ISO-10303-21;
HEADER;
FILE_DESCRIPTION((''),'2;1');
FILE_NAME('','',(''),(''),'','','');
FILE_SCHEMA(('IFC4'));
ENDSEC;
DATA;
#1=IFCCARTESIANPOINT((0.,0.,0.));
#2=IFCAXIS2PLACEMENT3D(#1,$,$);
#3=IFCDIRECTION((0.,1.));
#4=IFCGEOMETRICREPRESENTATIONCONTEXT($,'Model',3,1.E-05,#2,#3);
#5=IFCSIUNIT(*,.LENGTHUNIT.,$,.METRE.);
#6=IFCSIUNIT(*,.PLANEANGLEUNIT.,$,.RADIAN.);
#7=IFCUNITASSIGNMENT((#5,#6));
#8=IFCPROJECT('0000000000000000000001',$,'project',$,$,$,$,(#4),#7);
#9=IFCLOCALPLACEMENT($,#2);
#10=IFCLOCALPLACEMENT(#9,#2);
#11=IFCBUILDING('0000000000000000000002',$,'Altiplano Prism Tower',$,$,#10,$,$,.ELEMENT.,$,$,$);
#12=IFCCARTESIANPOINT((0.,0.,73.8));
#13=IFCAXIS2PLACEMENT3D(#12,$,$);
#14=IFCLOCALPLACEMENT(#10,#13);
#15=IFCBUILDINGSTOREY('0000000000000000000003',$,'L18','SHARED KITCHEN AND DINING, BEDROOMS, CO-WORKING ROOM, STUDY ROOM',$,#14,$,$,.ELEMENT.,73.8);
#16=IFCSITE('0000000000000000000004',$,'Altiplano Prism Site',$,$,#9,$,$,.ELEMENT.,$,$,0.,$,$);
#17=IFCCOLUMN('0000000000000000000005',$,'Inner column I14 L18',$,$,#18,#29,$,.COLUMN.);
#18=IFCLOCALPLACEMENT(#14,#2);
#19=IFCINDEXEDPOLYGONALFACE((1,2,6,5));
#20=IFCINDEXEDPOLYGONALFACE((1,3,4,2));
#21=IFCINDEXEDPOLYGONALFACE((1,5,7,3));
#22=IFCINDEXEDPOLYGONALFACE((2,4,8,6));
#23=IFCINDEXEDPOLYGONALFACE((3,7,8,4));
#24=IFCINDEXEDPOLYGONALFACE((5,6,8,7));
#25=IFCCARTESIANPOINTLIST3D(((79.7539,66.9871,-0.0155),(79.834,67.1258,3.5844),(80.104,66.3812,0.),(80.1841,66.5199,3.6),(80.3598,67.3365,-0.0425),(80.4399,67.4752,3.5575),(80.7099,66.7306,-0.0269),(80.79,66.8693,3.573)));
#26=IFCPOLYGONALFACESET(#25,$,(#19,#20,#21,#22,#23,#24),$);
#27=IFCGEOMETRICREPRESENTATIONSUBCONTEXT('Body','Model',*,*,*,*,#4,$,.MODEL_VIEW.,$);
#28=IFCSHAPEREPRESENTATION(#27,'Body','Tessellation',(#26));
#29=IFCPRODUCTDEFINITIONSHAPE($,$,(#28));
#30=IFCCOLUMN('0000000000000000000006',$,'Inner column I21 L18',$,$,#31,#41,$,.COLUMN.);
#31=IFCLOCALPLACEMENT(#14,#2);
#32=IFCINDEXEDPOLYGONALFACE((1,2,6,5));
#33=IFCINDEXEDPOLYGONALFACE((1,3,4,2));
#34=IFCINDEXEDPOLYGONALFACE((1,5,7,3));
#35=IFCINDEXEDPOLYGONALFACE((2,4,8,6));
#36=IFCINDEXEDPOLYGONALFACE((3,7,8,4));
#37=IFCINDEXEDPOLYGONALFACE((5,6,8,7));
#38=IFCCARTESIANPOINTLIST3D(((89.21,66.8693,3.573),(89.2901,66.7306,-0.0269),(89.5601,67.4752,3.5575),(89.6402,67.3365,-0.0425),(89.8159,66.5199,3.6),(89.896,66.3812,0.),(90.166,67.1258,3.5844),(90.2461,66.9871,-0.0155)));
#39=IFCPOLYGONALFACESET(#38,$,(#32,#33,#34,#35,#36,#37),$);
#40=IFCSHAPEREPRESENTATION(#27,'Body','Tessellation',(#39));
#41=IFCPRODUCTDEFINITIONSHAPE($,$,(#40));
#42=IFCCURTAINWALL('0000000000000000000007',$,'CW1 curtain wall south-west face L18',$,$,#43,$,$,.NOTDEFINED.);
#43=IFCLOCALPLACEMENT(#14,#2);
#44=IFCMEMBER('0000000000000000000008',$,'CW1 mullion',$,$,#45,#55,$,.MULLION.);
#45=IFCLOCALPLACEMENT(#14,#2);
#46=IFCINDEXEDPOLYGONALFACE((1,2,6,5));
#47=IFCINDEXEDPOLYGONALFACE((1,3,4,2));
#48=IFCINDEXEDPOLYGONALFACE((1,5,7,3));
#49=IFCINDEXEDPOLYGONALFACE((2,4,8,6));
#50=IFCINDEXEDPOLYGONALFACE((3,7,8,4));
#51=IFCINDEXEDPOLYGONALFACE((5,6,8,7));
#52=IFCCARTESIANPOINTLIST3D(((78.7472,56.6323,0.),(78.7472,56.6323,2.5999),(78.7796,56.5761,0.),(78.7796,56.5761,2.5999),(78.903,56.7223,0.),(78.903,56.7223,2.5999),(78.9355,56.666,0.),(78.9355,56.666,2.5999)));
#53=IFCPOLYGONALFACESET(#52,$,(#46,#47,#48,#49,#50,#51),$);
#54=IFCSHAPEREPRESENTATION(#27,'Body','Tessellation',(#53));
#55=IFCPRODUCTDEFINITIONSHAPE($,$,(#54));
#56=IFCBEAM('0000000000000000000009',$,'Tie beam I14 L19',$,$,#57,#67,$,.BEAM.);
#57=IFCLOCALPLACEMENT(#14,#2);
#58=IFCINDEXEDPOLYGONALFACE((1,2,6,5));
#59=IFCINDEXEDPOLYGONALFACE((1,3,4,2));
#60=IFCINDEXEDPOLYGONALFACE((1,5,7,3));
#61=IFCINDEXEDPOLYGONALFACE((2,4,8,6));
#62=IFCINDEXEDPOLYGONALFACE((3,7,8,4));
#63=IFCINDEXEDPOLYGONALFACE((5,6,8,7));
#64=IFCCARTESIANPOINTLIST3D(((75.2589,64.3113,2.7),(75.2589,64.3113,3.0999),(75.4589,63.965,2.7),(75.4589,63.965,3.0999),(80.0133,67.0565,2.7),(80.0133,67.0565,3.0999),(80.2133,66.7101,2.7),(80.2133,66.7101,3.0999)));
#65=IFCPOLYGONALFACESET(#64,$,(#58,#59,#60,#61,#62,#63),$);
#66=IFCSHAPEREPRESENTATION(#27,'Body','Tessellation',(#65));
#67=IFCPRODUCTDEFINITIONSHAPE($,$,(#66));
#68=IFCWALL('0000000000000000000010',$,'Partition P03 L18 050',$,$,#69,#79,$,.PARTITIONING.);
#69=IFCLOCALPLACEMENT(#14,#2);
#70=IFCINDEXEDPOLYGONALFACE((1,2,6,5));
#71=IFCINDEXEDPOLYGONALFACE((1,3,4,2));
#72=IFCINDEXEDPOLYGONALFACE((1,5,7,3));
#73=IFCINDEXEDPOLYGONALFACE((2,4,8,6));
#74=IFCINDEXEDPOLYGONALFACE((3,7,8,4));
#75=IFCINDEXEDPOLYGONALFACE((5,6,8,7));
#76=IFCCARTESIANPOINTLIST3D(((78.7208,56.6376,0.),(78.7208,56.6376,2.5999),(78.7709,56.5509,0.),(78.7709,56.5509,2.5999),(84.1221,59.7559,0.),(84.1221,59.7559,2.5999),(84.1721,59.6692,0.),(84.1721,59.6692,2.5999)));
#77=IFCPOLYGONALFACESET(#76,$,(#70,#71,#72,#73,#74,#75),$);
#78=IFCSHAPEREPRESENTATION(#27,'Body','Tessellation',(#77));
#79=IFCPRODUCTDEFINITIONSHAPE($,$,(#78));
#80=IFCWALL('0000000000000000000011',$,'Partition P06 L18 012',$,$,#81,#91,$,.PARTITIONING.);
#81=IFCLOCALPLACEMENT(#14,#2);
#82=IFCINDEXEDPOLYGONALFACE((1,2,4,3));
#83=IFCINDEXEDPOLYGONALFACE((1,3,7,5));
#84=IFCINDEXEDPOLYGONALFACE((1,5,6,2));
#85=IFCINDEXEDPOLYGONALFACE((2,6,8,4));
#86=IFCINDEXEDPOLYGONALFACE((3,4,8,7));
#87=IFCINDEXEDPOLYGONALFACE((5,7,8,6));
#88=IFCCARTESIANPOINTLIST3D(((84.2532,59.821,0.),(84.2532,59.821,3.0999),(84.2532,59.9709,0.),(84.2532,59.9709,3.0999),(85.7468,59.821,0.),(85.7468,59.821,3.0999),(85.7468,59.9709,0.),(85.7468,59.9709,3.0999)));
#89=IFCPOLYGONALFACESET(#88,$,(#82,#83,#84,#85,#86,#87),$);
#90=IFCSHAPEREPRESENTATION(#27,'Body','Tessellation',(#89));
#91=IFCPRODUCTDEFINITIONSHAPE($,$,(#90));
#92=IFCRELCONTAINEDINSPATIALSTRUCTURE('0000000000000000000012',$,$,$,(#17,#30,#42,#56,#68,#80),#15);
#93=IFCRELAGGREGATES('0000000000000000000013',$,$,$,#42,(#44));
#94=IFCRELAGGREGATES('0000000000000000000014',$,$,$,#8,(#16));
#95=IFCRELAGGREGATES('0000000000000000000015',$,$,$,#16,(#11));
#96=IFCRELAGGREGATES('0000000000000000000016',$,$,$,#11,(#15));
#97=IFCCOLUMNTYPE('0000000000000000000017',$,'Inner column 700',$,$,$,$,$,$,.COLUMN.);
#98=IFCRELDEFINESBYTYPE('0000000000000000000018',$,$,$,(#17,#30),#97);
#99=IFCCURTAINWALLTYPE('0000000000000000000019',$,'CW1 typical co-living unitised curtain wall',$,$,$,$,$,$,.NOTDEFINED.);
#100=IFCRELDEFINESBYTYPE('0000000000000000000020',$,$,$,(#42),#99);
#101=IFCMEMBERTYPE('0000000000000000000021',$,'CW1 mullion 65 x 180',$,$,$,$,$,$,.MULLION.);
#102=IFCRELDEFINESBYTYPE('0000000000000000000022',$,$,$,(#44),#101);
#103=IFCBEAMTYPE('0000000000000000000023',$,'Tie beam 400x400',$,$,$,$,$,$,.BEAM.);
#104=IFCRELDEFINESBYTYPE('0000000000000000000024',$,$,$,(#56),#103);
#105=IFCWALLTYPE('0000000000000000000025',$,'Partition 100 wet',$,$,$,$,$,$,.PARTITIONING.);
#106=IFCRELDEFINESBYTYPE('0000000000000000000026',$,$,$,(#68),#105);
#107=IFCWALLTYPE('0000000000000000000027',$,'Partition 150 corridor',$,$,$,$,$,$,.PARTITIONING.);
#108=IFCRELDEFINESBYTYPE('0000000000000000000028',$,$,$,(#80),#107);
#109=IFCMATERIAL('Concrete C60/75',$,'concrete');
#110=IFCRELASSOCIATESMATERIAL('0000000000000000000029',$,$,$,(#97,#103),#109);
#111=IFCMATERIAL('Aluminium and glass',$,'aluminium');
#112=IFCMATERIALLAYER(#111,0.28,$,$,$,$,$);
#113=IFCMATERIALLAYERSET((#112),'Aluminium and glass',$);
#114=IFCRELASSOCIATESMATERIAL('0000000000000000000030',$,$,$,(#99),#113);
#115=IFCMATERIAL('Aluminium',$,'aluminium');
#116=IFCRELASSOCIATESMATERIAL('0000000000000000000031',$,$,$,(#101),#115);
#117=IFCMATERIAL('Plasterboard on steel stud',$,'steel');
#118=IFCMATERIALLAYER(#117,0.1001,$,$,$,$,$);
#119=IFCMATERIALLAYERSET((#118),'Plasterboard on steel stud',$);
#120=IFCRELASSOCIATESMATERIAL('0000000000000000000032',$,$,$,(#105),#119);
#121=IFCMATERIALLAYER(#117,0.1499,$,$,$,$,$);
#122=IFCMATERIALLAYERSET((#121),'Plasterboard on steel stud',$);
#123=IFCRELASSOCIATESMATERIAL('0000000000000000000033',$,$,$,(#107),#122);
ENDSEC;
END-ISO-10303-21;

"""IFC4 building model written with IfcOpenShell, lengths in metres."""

from ifc_helpers import new_model, si_unit, direction, frame, frame_2d, origin, origin_2d, place, context, subcontext, project, spatial, rectangle, extrude, material, layer, layer_set, material_profile, profile_set, type_object, element, aggregate, save


model = new_model("IFC4")

# Units and contexts
model_context = context("Model", 3, precision=1e-05, world=origin(), true_north=direction((0.0, 1.0)))
body_context = subcontext(model_context, "Body", "Model", "MODEL_VIEW")
ifc_project = project(units=[si_unit("LENGTHUNIT", "METRE"), si_unit("PLANEANGLEUNIT", "RADIAN")], contexts=[model_context])

# Site, building, storey
site_placement = place(None, origin())
site = spatial("IfcSite", under=ifc_project, at=site_placement, Name="Altiplano Prism Site", CompositionType="ELEMENT", RefElevation=0.0)
building_placement = place(site_placement, origin())
building = spatial("IfcBuilding", under=site, at=building_placement, Name="Altiplano Prism Tower", CompositionType="ELEMENT")
storey_placement = place(building_placement, frame((0.0, 0.0, 73.8)))
storey = spatial("IfcBuildingStorey", under=building, at=storey_placement, Name="L18", Description="SHARED KITCHEN AND DINING, BEDROOMS, CO-WORKING ROOM, STUDY ROOM", CompositionType="ELEMENT", Elevation=73.8)

# Columns
ifc_material_1 = material(Name="Concrete C60/75", Category="concrete")
ifc_material_profile_1 = material_profile(ifc_material_1, rectangle(XDim=0.7, YDim=0.7, at=origin_2d()), Name="Inner column 700")
ifc_profile_set_1 = profile_set([ifc_material_profile_1], Name="Concrete C60/75")
column_type = type_object("IfcColumnType", Name="Inner column 700", PredefinedType="COLUMN", material=ifc_profile_set_1)
for number, where, z_axis, x_axis, name in (
    (1, (80.2319, 66.8589, -0.0212), (0.022223, 0.038483, 0.999012), (-0.865639, -0.499187, 0.038485), "Inner column I14 L18"),
    (2, (89.7681, 66.8589, -0.0212), (-0.022223, 0.038483, 0.999012), (-0.500175, -0.865639, 0.022219), "Inner column I21 L18"),
):
    element("IfcColumn", number, at=place(storey_placement, frame(where, z_axis=z_axis, x_axis=x_axis)), inside=storey, type_object=column_type, Name=name, PredefinedType="COLUMN", context=body_context, shape_type="SweptSolid", body=[
        extrude(rectangle(XDim=0.7, YDim=0.7, at=origin_2d()), origin(), (0.0, 0.0, 1.0), 3.6035),
    ])

# Curtain wall, member
ifc_material_2 = material(Name="Aluminium and glass", Category="aluminium")
ifc_layer_1 = layer(ifc_material_2, 0.28)
ifc_layer_set_1 = layer_set([ifc_layer_1], Name="Aluminium and glass")
curtain_wall_type = type_object("IfcCurtainWallType", Name="CW1 typical co-living unitised curtain wall", PredefinedType="NOTDEFINED", material=ifc_layer_set_1)
curtain_wall_placement = place(storey_placement, origin())
curtain_wall = element("IfcCurtainWall", 3, at=curtain_wall_placement, inside=storey, type_object=curtain_wall_type, Name="CW1 curtain wall south-west face L18", PredefinedType="NOTDEFINED")
ifc_material_3 = material(Name="Aluminium", Category="aluminium")
ifc_material_profile_2 = material_profile(ifc_material_3, rectangle(XDim=0.1799, YDim=0.0649, at=origin_2d()), Name="CW1 mullion 65 x 180")
ifc_profile_set_2 = profile_set([ifc_material_profile_2], Name="Aluminium")
member_type = type_object("IfcMemberType", Name="CW1 mullion 65 x 180", PredefinedType="MULLION", material=ifc_profile_set_2)
member_placement = place(storey_placement, frame((78.8413, 56.6492, 0.0), z_axis=(0.0, 0.0, 1.0), x_axis=(0.866025, 0.5, 0.0)))
member = element("IfcMember", 4, at=member_placement, type_object=member_type, Name="CW1 mullion", PredefinedType="MULLION", context=body_context, shape_type="SweptSolid", body=[
    extrude(rectangle(XDim=0.1799, YDim=0.0649, at=origin_2d()), origin(), (0.0, 0.0, 1.0), 2.5999),
])
aggregate(curtain_wall, [member])

# Beam
ifc_material_profile_3 = material_profile(ifc_material_1, rectangle(XDim=0.3999, YDim=0.3999, at=origin_2d()), Name="Tie beam 400x400")
ifc_profile_set_3 = profile_set([ifc_material_profile_3], Name="Concrete C60/75")
beam_type = type_object("IfcBeamType", Name="Tie beam 400x400", PredefinedType="BEAM", material=ifc_profile_set_3)
beam_placement = place(storey_placement, frame((80.1133, 66.8833, 2.8999), z_axis=(-0.866012, -0.500023, 0.0), x_axis=(0.500023, -0.866012, 0.0)))
element("IfcBeam", 5, at=beam_placement, inside=storey, type_object=beam_type, Name="Tie beam I14 L19", PredefinedType="BEAM", context=body_context, shape_type="SweptSolid", body=[
    extrude(rectangle(XDim=0.3999, YDim=0.3999, at=origin_2d()), origin(), (0.0, 0.0, 1.0), 5.49),
])

# Walls
ifc_material_4 = material(Name="Plasterboard on steel stud", Category="steel")
ifc_layer_2 = layer(ifc_material_4, 0.1001)
ifc_layer_set_2 = layer_set([ifc_layer_2], Name="Plasterboard on steel stud")
wall_type_1 = type_object("IfcWallType", Name="Partition 100 wet", PredefinedType="PARTITIONING", material=ifc_layer_set_2)
wall_1_placement = place(storey_placement, frame((78.7458, 56.5942, 0.0), z_axis=(0.0, 0.0, 1.0), x_axis=(0.86603, 0.499991, 0.0)))
element("IfcWall", 6, at=wall_1_placement, inside=storey, type_object=wall_type_1, Name="Partition P03 L18 050", PredefinedType="PARTITIONING", context=body_context, shape_type="SweptSolid", body=[
    extrude(rectangle(XDim=6.2368, YDim=0.1001, at=frame_2d((3.1184, 0.0))), origin(), (0.0, 0.0, 1.0), 2.5999),
])
ifc_layer_3 = layer(ifc_material_4, 0.1499)
ifc_layer_set_3 = layer_set([ifc_layer_3], Name="Plasterboard on steel stud")
wall_type_2 = type_object("IfcWallType", Name="Partition 150 corridor", PredefinedType="PARTITIONING", material=ifc_layer_set_3)
wall_2_placement = place(storey_placement, frame((84.2532, 59.896, 0.0), z_axis=(0.0, 0.0, 1.0), x_axis=(1.0, 0.0, 0.0)))
element("IfcWall", 7, at=wall_2_placement, inside=storey, type_object=wall_type_2, Name="Partition P06 L18 012", PredefinedType="PARTITIONING", context=body_context, shape_type="SweptSolid", body=[
    extrude(rectangle(XDim=1.4937, YDim=0.1499, at=frame_2d((0.7468, 0.0))), origin(), (0.0, 0.0, 1.0), 3.0999),
])

save(model, "model.ifc")
